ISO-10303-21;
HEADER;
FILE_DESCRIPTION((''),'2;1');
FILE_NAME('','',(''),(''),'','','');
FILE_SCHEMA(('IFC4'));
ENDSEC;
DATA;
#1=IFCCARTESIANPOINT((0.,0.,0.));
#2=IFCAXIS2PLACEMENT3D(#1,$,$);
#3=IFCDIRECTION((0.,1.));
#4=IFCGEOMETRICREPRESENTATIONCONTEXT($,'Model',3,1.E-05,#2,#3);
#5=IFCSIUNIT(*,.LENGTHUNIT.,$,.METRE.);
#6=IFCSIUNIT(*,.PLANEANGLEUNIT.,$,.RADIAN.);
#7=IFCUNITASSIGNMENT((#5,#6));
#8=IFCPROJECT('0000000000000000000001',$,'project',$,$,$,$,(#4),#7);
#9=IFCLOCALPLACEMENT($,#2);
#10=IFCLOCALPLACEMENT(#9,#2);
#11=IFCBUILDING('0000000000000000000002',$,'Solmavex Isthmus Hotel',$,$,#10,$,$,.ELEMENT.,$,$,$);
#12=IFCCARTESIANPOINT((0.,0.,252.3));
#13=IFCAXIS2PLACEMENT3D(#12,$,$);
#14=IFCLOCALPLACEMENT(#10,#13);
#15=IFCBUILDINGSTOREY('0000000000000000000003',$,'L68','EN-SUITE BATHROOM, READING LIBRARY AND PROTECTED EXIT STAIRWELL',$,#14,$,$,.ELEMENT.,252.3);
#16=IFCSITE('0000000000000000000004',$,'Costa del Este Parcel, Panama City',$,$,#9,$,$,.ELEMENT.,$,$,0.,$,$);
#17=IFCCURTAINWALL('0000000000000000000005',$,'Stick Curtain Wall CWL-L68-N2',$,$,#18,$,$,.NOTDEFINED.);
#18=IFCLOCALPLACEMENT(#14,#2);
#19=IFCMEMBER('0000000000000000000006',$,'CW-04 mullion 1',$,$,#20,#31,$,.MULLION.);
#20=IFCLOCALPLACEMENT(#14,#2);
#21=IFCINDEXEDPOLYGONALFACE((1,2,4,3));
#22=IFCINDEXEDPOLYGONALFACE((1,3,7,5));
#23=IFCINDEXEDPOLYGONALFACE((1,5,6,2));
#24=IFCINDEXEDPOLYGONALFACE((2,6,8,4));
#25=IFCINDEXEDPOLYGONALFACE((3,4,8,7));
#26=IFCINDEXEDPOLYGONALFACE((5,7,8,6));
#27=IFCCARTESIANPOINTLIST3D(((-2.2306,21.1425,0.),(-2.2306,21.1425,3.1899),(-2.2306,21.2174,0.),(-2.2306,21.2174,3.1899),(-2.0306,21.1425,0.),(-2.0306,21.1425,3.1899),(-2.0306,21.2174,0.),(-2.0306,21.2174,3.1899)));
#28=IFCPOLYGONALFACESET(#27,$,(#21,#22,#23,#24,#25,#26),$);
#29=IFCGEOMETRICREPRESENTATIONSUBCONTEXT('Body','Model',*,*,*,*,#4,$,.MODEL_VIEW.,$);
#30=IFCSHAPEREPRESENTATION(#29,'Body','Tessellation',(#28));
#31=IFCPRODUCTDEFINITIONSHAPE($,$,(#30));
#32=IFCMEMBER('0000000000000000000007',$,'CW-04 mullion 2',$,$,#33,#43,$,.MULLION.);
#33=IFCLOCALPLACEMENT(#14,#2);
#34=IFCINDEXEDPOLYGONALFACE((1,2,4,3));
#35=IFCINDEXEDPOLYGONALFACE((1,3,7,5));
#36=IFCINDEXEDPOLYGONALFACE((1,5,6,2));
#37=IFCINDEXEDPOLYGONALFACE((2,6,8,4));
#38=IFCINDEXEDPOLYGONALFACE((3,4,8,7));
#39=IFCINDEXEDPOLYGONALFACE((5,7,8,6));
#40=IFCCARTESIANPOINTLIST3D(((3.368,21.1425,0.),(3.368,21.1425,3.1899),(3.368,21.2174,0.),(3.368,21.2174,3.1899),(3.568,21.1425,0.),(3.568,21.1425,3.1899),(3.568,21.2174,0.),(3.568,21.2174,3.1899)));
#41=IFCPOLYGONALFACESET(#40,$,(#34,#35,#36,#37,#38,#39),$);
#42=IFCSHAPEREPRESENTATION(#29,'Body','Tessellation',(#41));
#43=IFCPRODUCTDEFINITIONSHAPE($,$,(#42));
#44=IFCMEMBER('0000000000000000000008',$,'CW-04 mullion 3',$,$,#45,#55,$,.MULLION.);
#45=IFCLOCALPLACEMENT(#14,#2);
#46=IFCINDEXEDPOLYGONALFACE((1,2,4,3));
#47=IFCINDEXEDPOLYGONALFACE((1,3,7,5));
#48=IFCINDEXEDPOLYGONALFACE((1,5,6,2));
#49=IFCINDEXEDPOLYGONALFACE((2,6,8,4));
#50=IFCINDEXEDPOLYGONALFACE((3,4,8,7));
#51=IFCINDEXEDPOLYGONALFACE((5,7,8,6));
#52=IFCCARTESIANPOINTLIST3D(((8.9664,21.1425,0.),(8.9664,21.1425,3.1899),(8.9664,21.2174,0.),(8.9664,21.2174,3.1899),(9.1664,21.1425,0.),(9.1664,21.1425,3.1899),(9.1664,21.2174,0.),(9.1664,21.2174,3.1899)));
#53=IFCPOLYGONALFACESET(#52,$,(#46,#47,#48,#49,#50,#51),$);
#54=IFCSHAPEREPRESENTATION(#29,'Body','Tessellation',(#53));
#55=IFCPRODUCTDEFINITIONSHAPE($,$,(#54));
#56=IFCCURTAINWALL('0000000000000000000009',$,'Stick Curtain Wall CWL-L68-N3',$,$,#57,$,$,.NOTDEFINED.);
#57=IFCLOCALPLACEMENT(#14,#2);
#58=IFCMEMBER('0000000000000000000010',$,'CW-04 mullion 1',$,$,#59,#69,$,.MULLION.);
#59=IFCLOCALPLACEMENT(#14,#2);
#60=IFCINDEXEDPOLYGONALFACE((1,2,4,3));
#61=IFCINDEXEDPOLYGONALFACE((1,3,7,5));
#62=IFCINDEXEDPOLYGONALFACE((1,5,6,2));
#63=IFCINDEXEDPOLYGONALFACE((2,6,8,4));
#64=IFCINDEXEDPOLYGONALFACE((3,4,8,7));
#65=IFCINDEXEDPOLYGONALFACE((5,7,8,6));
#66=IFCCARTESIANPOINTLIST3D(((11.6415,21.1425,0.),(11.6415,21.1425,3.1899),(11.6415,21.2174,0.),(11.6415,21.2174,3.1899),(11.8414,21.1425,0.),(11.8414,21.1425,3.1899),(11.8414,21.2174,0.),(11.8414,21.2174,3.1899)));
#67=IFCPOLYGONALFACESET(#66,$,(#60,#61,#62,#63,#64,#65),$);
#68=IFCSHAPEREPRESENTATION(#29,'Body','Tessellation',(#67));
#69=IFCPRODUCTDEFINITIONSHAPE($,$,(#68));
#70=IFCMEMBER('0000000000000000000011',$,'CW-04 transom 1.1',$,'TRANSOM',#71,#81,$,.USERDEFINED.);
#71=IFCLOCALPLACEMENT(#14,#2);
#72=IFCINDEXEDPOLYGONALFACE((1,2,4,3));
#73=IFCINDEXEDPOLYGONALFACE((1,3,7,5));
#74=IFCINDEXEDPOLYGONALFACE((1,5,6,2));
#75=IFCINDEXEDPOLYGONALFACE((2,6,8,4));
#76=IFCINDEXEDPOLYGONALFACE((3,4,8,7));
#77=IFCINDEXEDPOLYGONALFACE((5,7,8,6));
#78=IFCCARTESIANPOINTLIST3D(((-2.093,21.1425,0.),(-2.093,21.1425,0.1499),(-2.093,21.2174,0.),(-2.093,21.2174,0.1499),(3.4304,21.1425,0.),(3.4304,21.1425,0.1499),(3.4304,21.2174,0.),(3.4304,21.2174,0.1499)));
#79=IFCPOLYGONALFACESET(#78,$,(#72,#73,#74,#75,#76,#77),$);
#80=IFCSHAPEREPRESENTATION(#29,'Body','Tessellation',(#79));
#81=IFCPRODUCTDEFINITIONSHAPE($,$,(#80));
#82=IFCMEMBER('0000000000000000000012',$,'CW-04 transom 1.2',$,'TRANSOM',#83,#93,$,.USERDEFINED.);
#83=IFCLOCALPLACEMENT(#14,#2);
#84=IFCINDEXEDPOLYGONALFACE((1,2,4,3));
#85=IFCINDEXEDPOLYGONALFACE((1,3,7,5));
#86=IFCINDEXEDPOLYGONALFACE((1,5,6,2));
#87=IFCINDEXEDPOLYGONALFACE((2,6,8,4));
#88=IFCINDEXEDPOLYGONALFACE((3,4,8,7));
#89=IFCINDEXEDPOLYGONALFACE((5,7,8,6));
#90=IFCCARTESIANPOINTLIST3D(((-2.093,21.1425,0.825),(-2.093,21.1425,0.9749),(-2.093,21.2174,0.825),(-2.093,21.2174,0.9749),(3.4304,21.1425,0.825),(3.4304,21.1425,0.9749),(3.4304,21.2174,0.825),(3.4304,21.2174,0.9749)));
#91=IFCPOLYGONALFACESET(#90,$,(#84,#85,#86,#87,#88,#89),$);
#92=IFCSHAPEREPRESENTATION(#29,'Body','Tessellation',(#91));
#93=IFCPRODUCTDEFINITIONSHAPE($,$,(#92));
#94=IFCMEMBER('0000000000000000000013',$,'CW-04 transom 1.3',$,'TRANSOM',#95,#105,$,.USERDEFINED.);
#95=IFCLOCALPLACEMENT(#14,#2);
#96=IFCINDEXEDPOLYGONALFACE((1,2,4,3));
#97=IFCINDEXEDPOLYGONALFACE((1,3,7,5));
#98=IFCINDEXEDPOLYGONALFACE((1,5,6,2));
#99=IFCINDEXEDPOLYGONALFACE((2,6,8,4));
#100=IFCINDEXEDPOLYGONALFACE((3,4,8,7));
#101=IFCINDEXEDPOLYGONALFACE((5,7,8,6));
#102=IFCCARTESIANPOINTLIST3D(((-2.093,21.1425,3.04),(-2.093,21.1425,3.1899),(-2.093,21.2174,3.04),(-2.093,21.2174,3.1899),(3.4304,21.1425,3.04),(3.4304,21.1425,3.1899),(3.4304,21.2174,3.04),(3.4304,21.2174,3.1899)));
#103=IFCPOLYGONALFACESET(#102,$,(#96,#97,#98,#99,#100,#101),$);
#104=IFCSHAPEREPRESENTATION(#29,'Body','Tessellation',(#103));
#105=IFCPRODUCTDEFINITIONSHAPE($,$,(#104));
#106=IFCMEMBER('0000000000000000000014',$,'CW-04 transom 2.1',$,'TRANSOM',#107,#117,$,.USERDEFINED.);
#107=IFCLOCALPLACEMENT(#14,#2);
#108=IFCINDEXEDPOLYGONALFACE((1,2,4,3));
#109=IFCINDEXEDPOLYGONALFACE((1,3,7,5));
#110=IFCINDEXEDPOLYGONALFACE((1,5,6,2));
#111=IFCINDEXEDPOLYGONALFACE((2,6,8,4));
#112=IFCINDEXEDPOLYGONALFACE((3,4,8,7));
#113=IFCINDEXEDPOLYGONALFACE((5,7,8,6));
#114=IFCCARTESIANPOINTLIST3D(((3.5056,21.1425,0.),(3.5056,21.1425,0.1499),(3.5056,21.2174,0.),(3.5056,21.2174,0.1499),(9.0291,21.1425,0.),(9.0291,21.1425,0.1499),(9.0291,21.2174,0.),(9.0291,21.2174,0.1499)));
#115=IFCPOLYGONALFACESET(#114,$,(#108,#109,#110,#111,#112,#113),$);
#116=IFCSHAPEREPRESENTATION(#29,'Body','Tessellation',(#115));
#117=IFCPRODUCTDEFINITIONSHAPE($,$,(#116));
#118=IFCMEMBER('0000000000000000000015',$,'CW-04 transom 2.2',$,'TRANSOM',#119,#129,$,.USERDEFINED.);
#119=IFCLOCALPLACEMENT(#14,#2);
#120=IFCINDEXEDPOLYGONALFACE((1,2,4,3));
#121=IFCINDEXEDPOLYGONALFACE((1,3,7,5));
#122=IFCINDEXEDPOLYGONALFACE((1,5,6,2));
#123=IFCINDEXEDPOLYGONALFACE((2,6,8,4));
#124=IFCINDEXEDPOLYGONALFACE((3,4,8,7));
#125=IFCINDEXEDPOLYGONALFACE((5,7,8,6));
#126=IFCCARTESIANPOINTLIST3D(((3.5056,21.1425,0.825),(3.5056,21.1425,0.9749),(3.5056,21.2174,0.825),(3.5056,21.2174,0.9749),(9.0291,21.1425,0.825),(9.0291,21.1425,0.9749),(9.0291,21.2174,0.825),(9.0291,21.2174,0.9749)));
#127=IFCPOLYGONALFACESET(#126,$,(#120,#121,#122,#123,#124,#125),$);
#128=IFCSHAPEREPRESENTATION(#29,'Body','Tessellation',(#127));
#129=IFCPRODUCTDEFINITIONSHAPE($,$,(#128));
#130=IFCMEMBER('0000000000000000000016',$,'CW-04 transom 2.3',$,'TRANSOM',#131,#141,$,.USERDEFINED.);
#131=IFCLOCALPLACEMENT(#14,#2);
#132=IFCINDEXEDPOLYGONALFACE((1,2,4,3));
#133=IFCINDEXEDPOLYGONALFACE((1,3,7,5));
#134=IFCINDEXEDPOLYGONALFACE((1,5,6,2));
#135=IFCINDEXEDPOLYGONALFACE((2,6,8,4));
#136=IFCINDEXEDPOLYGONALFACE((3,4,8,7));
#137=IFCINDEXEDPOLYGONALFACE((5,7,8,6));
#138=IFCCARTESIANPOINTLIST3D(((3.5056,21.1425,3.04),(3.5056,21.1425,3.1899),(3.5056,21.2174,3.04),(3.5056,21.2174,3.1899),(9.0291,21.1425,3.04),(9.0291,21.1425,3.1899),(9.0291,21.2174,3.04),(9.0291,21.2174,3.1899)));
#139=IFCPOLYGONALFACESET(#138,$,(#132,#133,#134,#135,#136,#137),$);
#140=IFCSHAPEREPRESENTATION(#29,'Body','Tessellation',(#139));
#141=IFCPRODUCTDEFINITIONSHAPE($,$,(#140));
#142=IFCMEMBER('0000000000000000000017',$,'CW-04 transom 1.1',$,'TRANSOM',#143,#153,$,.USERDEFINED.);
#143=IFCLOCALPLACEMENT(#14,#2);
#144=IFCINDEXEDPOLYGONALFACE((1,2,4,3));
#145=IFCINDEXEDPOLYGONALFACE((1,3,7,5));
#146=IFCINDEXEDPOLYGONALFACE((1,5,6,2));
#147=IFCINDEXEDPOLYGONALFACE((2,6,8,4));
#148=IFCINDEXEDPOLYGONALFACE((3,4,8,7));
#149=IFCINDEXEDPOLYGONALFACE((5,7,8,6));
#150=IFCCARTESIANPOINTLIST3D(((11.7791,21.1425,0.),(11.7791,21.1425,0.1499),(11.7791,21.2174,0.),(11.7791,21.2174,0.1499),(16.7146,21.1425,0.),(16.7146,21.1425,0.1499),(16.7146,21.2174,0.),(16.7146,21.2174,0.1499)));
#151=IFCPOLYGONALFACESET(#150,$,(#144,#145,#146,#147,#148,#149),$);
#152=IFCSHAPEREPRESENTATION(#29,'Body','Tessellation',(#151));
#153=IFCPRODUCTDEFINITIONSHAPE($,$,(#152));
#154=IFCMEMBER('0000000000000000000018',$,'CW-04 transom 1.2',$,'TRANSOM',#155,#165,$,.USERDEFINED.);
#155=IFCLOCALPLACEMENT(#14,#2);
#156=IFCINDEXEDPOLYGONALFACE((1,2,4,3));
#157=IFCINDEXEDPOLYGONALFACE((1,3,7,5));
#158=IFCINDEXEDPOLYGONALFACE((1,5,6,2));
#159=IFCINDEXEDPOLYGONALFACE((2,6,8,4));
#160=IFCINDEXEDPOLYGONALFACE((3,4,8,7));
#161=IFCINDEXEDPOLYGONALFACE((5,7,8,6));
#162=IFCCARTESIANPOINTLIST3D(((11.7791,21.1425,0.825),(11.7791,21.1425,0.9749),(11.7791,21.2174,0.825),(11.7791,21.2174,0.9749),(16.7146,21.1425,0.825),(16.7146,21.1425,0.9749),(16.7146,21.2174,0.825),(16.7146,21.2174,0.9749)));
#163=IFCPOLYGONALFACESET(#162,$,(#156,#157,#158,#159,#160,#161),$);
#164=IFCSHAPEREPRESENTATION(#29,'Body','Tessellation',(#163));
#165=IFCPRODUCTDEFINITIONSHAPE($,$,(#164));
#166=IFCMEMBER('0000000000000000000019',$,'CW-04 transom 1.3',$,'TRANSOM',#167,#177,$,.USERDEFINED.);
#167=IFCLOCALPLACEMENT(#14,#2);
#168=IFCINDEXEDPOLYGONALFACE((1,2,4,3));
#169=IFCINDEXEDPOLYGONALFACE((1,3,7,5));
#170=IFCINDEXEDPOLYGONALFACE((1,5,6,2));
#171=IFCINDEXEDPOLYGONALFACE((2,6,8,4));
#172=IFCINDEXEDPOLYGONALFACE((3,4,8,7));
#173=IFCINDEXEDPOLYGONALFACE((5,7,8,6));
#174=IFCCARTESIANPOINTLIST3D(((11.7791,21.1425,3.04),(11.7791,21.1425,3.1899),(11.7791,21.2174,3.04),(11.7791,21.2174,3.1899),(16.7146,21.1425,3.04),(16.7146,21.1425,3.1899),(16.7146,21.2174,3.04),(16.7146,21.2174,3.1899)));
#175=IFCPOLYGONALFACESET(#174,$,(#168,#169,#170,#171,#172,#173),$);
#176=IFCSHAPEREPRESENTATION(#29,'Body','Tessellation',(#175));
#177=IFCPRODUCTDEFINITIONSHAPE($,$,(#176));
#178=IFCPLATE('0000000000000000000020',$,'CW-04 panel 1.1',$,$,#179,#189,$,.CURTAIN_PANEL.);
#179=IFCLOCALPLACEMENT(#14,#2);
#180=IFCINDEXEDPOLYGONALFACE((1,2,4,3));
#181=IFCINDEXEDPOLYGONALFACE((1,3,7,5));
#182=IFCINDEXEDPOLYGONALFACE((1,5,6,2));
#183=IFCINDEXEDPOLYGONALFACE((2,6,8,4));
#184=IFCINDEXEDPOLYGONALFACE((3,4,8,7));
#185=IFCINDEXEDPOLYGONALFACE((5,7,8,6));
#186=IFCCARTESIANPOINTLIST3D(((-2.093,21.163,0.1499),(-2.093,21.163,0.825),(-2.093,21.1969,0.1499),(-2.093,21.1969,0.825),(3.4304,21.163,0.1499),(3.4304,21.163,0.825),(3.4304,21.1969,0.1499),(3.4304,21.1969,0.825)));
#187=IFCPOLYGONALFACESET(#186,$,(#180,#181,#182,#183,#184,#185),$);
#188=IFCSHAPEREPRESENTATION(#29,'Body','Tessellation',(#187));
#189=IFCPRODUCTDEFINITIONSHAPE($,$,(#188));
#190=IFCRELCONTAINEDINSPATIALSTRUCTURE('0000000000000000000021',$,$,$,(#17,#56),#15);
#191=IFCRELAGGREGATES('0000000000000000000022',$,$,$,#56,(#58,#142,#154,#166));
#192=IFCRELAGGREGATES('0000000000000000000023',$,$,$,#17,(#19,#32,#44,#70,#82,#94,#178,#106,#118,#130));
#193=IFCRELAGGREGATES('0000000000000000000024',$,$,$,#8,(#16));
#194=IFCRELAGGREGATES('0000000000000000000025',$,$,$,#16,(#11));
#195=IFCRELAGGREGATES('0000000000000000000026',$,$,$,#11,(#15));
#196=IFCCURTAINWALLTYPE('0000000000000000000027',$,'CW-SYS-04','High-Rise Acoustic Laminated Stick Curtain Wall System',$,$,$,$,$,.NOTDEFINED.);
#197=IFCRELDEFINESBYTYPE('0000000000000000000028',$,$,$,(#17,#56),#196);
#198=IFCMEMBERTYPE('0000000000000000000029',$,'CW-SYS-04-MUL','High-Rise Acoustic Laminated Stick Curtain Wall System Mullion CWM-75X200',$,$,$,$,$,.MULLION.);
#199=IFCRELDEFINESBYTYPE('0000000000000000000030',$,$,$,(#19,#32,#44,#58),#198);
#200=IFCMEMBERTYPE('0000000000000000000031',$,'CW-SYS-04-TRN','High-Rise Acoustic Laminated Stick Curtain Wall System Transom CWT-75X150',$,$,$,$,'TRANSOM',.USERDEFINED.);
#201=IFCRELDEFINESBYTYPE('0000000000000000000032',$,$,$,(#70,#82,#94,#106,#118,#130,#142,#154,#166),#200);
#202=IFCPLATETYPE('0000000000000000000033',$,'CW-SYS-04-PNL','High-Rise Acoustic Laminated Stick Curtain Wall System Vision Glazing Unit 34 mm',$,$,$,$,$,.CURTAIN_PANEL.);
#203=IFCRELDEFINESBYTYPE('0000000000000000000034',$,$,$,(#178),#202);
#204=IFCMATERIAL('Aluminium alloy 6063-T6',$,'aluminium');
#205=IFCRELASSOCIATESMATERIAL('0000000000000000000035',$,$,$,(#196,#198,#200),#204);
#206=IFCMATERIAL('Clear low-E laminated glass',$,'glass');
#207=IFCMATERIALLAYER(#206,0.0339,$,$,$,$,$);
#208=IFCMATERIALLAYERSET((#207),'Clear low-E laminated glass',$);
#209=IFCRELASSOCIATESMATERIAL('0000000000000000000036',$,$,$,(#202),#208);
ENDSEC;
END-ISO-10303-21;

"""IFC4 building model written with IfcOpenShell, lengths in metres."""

from ifc_helpers import new_model, si_unit, direction, frame, origin, origin_2d, place, context, subcontext, project, spatial, rectangle, extrude, material, layer, layer_set, material_profile, profile_set, type_object, element, aggregate, save


model = new_model("IFC4")

# Units and contexts
model_context = context("Model", 3, precision=1e-05, world=origin(), true_north=direction((0.0, 1.0)))
body_context = subcontext(model_context, "Body", "Model", "MODEL_VIEW")
ifc_project = project(units=[si_unit("LENGTHUNIT", "METRE"), si_unit("PLANEANGLEUNIT", "RADIAN")], contexts=[model_context])

# Site, building, storey
site_placement = place(None, origin())
site = spatial("IfcSite", under=ifc_project, at=site_placement, Name="Costa del Este Parcel, Panama City", CompositionType="ELEMENT", RefElevation=0.0)
building_placement = place(site_placement, origin())
building = spatial("IfcBuilding", under=site, at=building_placement, Name="Solmavex Isthmus Hotel", CompositionType="ELEMENT")
storey_placement = place(building_placement, frame((0.0, 0.0, 252.3)))
storey = spatial("IfcBuildingStorey", under=building, at=storey_placement, Name="L68", Description="EN-SUITE BATHROOM, READING LIBRARY AND PROTECTED EXIT STAIRWELL", CompositionType="ELEMENT", Elevation=252.3)

# Curtain wall, members
ifc_material_1 = material(Name="Aluminium alloy 6063-T6", Category="aluminium")
curtain_wall_type = type_object("IfcCurtainWallType", Name="CW-SYS-04", Description="High-Rise Acoustic Laminated Stick Curtain Wall System", PredefinedType="NOTDEFINED", material=ifc_material_1)
curtain_wall_1_placement = place(storey_placement, origin())
curtain_wall_1 = element("IfcCurtainWall", 1, at=curtain_wall_1_placement, inside=storey, type_object=curtain_wall_type, Name="Stick Curtain Wall CWL-L68-N2", PredefinedType="NOTDEFINED")
ifc_material_profile_1 = material_profile(ifc_material_1, rectangle(XDim=0.075, YDim=0.2, at=origin_2d()), Name="CWM-75X200")
ifc_profile_set_1 = profile_set([ifc_material_profile_1], Name="Aluminium alloy 6063-T6")
member_type_1 = type_object("IfcMemberType", Name="CW-SYS-04-MUL", Description="High-Rise Acoustic Laminated Stick Curtain Wall System Mullion CWM-75X200", PredefinedType="MULLION", material=ifc_profile_set_1)
member_1_placement = place(storey_placement, frame((-2.1306, 21.1799, 0.0), z_axis=(0.0, 0.0, 1.0), x_axis=(0.0, 1.0, 0.0)))
member_1 = element("IfcMember", 2, at=member_1_placement, type_object=member_type_1, Name="CW-04 mullion 1", PredefinedType="MULLION", context=body_context, shape_type="SweptSolid", body=[
    extrude(rectangle(XDim=0.075, YDim=0.2, at=origin_2d()), origin(), (0.0, 0.0, 1.0), 3.1899),
])
member_2_placement = place(storey_placement, frame((3.468, 21.1799, 0.0), z_axis=(0.0, 0.0, 1.0), x_axis=(0.0, 1.0, 0.0)))
member_2 = element("IfcMember", 3, at=member_2_placement, type_object=member_type_1, Name="CW-04 mullion 2", PredefinedType="MULLION", context=body_context, shape_type="SweptSolid", body=[
    extrude(rectangle(XDim=0.075, YDim=0.2, at=origin_2d()), origin(), (0.0, 0.0, 1.0), 3.1899),
])
member_3_placement = place(storey_placement, frame((9.0664, 21.1799, 0.0), z_axis=(0.0, 0.0, 1.0), x_axis=(0.0, 1.0, 0.0)))
member_3 = element("IfcMember", 4, at=member_3_placement, type_object=member_type_1, Name="CW-04 mullion 3", PredefinedType="MULLION", context=body_context, shape_type="SweptSolid", body=[
    extrude(rectangle(XDim=0.075, YDim=0.2, at=origin_2d()), origin(), (0.0, 0.0, 1.0), 3.1899),
])

# Curtain wall, member
curtain_wall_2_placement = place(storey_placement, origin())
curtain_wall_2 = element("IfcCurtainWall", 5, at=curtain_wall_2_placement, inside=storey, type_object=curtain_wall_type, Name="Stick Curtain Wall CWL-L68-N3", PredefinedType="NOTDEFINED")
member_4_placement = place(storey_placement, frame((11.7415, 21.1799, 0.0), z_axis=(0.0, 0.0, 1.0), x_axis=(0.0, 1.0, 0.0)))
member_4 = element("IfcMember", 6, at=member_4_placement, type_object=member_type_1, Name="CW-04 mullion 1", PredefinedType="MULLION", context=body_context, shape_type="SweptSolid", body=[
    extrude(rectangle(XDim=0.075, YDim=0.2, at=origin_2d()), origin(), (0.0, 0.0, 1.0), 3.1899),
])

# Members
ifc_material_profile_2 = material_profile(ifc_material_1, rectangle(XDim=0.075, YDim=0.1499, at=origin_2d()), Name="CWT-75X150")
ifc_profile_set_2 = profile_set([ifc_material_profile_2], Name="Aluminium alloy 6063-T6")
member_type_2 = type_object("IfcMemberType", Name="CW-SYS-04-TRN", Description="High-Rise Acoustic Laminated Stick Curtain Wall System Transom CWT-75X150", ElementType="TRANSOM", PredefinedType="USERDEFINED", material=ifc_profile_set_2)
member_5_placement = place(storey_placement, frame((-2.093, 21.1799, 0.075), z_axis=(1.0, 0.0, 0.0), x_axis=(0.0, 1.0, 0.0)))
member_5 = element("IfcMember", 7, at=member_5_placement, type_object=member_type_2, Name="CW-04 transom 1.1", ObjectType="TRANSOM", PredefinedType="USERDEFINED", context=body_context, shape_type="SweptSolid", body=[
    extrude(rectangle(XDim=0.075, YDim=0.1499, at=origin_2d()), origin(), (0.0, 0.0, 1.0), 5.5234),
])
member_6_placement = place(storey_placement, frame((-2.093, 21.1799, 0.8999), z_axis=(1.0, 0.0, 0.0), x_axis=(0.0, 1.0, 0.0)))
member_6 = element("IfcMember", 8, at=member_6_placement, type_object=member_type_2, Name="CW-04 transom 1.2", ObjectType="TRANSOM", PredefinedType="USERDEFINED", context=body_context, shape_type="SweptSolid", body=[
    extrude(rectangle(XDim=0.075, YDim=0.1499, at=origin_2d()), origin(), (0.0, 0.0, 1.0), 5.5234),
])
member_7_placement = place(storey_placement, frame((-2.093, 21.1799, 3.115), z_axis=(1.0, 0.0, 0.0), x_axis=(0.0, 1.0, 0.0)))
member_7 = element("IfcMember", 9, at=member_7_placement, type_object=member_type_2, Name="CW-04 transom 1.3", ObjectType="TRANSOM", PredefinedType="USERDEFINED", context=body_context, shape_type="SweptSolid", body=[
    extrude(rectangle(XDim=0.075, YDim=0.1499, at=origin_2d()), origin(), (0.0, 0.0, 1.0), 5.5234),
])
member_8_placement = place(storey_placement, frame((3.5056, 21.1799, 0.075), z_axis=(1.0, 0.0, 0.0), x_axis=(0.0, 1.0, 0.0)))
member_8 = element("IfcMember", 10, at=member_8_placement, type_object=member_type_2, Name="CW-04 transom 2.1", ObjectType="TRANSOM", PredefinedType="USERDEFINED", context=body_context, shape_type="SweptSolid", body=[
    extrude(rectangle(XDim=0.075, YDim=0.1499, at=origin_2d()), origin(), (0.0, 0.0, 1.0), 5.5234),
])
member_9_placement = place(storey_placement, frame((3.5056, 21.1799, 0.8999), z_axis=(1.0, 0.0, 0.0), x_axis=(0.0, 1.0, 0.0)))
member_9 = element("IfcMember", 11, at=member_9_placement, type_object=member_type_2, Name="CW-04 transom 2.2", ObjectType="TRANSOM", PredefinedType="USERDEFINED", context=body_context, shape_type="SweptSolid", body=[
    extrude(rectangle(XDim=0.075, YDim=0.1499, at=origin_2d()), origin(), (0.0, 0.0, 1.0), 5.5234),
])
member_10_placement = place(storey_placement, frame((3.5056, 21.1799, 3.115), z_axis=(1.0, 0.0, 0.0), x_axis=(0.0, 1.0, 0.0)))
member_10 = element("IfcMember", 12, at=member_10_placement, type_object=member_type_2, Name="CW-04 transom 2.3", ObjectType="TRANSOM", PredefinedType="USERDEFINED", context=body_context, shape_type="SweptSolid", body=[
    extrude(rectangle(XDim=0.075, YDim=0.1499, at=origin_2d()), origin(), (0.0, 0.0, 1.0), 5.5234),
])
member_11_placement = place(storey_placement, frame((11.7791, 21.1799, 0.075), z_axis=(1.0, 0.0, 0.0), x_axis=(0.0, 1.0, 0.0)))
member_11 = element("IfcMember", 13, at=member_11_placement, type_object=member_type_2, Name="CW-04 transom 1.1", ObjectType="TRANSOM", PredefinedType="USERDEFINED", context=body_context, shape_type="SweptSolid", body=[
    extrude(rectangle(XDim=0.075, YDim=0.1499, at=origin_2d()), origin(), (0.0, 0.0, 1.0), 4.9355),
])
member_12_placement = place(storey_placement, frame((11.7791, 21.1799, 0.8999), z_axis=(1.0, 0.0, 0.0), x_axis=(0.0, 1.0, 0.0)))
member_12 = element("IfcMember", 14, at=member_12_placement, type_object=member_type_2, Name="CW-04 transom 1.2", ObjectType="TRANSOM", PredefinedType="USERDEFINED", context=body_context, shape_type="SweptSolid", body=[
    extrude(rectangle(XDim=0.075, YDim=0.1499, at=origin_2d()), origin(), (0.0, 0.0, 1.0), 4.9355),
])
member_13_placement = place(storey_placement, frame((11.7791, 21.1799, 3.115), z_axis=(1.0, 0.0, 0.0), x_axis=(0.0, 1.0, 0.0)))
member_13 = element("IfcMember", 15, at=member_13_placement, type_object=member_type_2, Name="CW-04 transom 1.3", ObjectType="TRANSOM", PredefinedType="USERDEFINED", context=body_context, shape_type="SweptSolid", body=[
    extrude(rectangle(XDim=0.075, YDim=0.1499, at=origin_2d()), origin(), (0.0, 0.0, 1.0), 4.9355),
])
aggregate(curtain_wall_2, [member_4, member_11, member_12, member_13])

# Plate
ifc_material_2 = material(Name="Clear low-E laminated glass", Category="glass")
ifc_layer_1 = layer(ifc_material_2, 0.0339)
ifc_layer_set_1 = layer_set([ifc_layer_1], Name="Clear low-E laminated glass")
plate_type = type_object("IfcPlateType", Name="CW-SYS-04-PNL", Description="High-Rise Acoustic Laminated Stick Curtain Wall System Vision Glazing Unit 34 mm", PredefinedType="CURTAIN_PANEL", material=ifc_layer_set_1)
plate_1_placement = place(storey_placement, frame((0.6687, 21.1799, 0.1499), z_axis=(0.0, 0.0, 1.0), x_axis=(1.0, 0.0, 0.0)))
plate_1 = element("IfcPlate", 16, at=plate_1_placement, type_object=plate_type, Name="CW-04 panel 1.1", PredefinedType="CURTAIN_PANEL", context=body_context, shape_type="SweptSolid", body=[
    extrude(rectangle(XDim=5.5234, YDim=0.0339, at=origin_2d()), origin(), (0.0, 0.0, 1.0), 0.675),
])
aggregate(curtain_wall_1, [member_1, member_2, member_3, member_5, member_6, member_7, plate_1, member_8, member_9, member_10])

save(model, "model.ifc")
